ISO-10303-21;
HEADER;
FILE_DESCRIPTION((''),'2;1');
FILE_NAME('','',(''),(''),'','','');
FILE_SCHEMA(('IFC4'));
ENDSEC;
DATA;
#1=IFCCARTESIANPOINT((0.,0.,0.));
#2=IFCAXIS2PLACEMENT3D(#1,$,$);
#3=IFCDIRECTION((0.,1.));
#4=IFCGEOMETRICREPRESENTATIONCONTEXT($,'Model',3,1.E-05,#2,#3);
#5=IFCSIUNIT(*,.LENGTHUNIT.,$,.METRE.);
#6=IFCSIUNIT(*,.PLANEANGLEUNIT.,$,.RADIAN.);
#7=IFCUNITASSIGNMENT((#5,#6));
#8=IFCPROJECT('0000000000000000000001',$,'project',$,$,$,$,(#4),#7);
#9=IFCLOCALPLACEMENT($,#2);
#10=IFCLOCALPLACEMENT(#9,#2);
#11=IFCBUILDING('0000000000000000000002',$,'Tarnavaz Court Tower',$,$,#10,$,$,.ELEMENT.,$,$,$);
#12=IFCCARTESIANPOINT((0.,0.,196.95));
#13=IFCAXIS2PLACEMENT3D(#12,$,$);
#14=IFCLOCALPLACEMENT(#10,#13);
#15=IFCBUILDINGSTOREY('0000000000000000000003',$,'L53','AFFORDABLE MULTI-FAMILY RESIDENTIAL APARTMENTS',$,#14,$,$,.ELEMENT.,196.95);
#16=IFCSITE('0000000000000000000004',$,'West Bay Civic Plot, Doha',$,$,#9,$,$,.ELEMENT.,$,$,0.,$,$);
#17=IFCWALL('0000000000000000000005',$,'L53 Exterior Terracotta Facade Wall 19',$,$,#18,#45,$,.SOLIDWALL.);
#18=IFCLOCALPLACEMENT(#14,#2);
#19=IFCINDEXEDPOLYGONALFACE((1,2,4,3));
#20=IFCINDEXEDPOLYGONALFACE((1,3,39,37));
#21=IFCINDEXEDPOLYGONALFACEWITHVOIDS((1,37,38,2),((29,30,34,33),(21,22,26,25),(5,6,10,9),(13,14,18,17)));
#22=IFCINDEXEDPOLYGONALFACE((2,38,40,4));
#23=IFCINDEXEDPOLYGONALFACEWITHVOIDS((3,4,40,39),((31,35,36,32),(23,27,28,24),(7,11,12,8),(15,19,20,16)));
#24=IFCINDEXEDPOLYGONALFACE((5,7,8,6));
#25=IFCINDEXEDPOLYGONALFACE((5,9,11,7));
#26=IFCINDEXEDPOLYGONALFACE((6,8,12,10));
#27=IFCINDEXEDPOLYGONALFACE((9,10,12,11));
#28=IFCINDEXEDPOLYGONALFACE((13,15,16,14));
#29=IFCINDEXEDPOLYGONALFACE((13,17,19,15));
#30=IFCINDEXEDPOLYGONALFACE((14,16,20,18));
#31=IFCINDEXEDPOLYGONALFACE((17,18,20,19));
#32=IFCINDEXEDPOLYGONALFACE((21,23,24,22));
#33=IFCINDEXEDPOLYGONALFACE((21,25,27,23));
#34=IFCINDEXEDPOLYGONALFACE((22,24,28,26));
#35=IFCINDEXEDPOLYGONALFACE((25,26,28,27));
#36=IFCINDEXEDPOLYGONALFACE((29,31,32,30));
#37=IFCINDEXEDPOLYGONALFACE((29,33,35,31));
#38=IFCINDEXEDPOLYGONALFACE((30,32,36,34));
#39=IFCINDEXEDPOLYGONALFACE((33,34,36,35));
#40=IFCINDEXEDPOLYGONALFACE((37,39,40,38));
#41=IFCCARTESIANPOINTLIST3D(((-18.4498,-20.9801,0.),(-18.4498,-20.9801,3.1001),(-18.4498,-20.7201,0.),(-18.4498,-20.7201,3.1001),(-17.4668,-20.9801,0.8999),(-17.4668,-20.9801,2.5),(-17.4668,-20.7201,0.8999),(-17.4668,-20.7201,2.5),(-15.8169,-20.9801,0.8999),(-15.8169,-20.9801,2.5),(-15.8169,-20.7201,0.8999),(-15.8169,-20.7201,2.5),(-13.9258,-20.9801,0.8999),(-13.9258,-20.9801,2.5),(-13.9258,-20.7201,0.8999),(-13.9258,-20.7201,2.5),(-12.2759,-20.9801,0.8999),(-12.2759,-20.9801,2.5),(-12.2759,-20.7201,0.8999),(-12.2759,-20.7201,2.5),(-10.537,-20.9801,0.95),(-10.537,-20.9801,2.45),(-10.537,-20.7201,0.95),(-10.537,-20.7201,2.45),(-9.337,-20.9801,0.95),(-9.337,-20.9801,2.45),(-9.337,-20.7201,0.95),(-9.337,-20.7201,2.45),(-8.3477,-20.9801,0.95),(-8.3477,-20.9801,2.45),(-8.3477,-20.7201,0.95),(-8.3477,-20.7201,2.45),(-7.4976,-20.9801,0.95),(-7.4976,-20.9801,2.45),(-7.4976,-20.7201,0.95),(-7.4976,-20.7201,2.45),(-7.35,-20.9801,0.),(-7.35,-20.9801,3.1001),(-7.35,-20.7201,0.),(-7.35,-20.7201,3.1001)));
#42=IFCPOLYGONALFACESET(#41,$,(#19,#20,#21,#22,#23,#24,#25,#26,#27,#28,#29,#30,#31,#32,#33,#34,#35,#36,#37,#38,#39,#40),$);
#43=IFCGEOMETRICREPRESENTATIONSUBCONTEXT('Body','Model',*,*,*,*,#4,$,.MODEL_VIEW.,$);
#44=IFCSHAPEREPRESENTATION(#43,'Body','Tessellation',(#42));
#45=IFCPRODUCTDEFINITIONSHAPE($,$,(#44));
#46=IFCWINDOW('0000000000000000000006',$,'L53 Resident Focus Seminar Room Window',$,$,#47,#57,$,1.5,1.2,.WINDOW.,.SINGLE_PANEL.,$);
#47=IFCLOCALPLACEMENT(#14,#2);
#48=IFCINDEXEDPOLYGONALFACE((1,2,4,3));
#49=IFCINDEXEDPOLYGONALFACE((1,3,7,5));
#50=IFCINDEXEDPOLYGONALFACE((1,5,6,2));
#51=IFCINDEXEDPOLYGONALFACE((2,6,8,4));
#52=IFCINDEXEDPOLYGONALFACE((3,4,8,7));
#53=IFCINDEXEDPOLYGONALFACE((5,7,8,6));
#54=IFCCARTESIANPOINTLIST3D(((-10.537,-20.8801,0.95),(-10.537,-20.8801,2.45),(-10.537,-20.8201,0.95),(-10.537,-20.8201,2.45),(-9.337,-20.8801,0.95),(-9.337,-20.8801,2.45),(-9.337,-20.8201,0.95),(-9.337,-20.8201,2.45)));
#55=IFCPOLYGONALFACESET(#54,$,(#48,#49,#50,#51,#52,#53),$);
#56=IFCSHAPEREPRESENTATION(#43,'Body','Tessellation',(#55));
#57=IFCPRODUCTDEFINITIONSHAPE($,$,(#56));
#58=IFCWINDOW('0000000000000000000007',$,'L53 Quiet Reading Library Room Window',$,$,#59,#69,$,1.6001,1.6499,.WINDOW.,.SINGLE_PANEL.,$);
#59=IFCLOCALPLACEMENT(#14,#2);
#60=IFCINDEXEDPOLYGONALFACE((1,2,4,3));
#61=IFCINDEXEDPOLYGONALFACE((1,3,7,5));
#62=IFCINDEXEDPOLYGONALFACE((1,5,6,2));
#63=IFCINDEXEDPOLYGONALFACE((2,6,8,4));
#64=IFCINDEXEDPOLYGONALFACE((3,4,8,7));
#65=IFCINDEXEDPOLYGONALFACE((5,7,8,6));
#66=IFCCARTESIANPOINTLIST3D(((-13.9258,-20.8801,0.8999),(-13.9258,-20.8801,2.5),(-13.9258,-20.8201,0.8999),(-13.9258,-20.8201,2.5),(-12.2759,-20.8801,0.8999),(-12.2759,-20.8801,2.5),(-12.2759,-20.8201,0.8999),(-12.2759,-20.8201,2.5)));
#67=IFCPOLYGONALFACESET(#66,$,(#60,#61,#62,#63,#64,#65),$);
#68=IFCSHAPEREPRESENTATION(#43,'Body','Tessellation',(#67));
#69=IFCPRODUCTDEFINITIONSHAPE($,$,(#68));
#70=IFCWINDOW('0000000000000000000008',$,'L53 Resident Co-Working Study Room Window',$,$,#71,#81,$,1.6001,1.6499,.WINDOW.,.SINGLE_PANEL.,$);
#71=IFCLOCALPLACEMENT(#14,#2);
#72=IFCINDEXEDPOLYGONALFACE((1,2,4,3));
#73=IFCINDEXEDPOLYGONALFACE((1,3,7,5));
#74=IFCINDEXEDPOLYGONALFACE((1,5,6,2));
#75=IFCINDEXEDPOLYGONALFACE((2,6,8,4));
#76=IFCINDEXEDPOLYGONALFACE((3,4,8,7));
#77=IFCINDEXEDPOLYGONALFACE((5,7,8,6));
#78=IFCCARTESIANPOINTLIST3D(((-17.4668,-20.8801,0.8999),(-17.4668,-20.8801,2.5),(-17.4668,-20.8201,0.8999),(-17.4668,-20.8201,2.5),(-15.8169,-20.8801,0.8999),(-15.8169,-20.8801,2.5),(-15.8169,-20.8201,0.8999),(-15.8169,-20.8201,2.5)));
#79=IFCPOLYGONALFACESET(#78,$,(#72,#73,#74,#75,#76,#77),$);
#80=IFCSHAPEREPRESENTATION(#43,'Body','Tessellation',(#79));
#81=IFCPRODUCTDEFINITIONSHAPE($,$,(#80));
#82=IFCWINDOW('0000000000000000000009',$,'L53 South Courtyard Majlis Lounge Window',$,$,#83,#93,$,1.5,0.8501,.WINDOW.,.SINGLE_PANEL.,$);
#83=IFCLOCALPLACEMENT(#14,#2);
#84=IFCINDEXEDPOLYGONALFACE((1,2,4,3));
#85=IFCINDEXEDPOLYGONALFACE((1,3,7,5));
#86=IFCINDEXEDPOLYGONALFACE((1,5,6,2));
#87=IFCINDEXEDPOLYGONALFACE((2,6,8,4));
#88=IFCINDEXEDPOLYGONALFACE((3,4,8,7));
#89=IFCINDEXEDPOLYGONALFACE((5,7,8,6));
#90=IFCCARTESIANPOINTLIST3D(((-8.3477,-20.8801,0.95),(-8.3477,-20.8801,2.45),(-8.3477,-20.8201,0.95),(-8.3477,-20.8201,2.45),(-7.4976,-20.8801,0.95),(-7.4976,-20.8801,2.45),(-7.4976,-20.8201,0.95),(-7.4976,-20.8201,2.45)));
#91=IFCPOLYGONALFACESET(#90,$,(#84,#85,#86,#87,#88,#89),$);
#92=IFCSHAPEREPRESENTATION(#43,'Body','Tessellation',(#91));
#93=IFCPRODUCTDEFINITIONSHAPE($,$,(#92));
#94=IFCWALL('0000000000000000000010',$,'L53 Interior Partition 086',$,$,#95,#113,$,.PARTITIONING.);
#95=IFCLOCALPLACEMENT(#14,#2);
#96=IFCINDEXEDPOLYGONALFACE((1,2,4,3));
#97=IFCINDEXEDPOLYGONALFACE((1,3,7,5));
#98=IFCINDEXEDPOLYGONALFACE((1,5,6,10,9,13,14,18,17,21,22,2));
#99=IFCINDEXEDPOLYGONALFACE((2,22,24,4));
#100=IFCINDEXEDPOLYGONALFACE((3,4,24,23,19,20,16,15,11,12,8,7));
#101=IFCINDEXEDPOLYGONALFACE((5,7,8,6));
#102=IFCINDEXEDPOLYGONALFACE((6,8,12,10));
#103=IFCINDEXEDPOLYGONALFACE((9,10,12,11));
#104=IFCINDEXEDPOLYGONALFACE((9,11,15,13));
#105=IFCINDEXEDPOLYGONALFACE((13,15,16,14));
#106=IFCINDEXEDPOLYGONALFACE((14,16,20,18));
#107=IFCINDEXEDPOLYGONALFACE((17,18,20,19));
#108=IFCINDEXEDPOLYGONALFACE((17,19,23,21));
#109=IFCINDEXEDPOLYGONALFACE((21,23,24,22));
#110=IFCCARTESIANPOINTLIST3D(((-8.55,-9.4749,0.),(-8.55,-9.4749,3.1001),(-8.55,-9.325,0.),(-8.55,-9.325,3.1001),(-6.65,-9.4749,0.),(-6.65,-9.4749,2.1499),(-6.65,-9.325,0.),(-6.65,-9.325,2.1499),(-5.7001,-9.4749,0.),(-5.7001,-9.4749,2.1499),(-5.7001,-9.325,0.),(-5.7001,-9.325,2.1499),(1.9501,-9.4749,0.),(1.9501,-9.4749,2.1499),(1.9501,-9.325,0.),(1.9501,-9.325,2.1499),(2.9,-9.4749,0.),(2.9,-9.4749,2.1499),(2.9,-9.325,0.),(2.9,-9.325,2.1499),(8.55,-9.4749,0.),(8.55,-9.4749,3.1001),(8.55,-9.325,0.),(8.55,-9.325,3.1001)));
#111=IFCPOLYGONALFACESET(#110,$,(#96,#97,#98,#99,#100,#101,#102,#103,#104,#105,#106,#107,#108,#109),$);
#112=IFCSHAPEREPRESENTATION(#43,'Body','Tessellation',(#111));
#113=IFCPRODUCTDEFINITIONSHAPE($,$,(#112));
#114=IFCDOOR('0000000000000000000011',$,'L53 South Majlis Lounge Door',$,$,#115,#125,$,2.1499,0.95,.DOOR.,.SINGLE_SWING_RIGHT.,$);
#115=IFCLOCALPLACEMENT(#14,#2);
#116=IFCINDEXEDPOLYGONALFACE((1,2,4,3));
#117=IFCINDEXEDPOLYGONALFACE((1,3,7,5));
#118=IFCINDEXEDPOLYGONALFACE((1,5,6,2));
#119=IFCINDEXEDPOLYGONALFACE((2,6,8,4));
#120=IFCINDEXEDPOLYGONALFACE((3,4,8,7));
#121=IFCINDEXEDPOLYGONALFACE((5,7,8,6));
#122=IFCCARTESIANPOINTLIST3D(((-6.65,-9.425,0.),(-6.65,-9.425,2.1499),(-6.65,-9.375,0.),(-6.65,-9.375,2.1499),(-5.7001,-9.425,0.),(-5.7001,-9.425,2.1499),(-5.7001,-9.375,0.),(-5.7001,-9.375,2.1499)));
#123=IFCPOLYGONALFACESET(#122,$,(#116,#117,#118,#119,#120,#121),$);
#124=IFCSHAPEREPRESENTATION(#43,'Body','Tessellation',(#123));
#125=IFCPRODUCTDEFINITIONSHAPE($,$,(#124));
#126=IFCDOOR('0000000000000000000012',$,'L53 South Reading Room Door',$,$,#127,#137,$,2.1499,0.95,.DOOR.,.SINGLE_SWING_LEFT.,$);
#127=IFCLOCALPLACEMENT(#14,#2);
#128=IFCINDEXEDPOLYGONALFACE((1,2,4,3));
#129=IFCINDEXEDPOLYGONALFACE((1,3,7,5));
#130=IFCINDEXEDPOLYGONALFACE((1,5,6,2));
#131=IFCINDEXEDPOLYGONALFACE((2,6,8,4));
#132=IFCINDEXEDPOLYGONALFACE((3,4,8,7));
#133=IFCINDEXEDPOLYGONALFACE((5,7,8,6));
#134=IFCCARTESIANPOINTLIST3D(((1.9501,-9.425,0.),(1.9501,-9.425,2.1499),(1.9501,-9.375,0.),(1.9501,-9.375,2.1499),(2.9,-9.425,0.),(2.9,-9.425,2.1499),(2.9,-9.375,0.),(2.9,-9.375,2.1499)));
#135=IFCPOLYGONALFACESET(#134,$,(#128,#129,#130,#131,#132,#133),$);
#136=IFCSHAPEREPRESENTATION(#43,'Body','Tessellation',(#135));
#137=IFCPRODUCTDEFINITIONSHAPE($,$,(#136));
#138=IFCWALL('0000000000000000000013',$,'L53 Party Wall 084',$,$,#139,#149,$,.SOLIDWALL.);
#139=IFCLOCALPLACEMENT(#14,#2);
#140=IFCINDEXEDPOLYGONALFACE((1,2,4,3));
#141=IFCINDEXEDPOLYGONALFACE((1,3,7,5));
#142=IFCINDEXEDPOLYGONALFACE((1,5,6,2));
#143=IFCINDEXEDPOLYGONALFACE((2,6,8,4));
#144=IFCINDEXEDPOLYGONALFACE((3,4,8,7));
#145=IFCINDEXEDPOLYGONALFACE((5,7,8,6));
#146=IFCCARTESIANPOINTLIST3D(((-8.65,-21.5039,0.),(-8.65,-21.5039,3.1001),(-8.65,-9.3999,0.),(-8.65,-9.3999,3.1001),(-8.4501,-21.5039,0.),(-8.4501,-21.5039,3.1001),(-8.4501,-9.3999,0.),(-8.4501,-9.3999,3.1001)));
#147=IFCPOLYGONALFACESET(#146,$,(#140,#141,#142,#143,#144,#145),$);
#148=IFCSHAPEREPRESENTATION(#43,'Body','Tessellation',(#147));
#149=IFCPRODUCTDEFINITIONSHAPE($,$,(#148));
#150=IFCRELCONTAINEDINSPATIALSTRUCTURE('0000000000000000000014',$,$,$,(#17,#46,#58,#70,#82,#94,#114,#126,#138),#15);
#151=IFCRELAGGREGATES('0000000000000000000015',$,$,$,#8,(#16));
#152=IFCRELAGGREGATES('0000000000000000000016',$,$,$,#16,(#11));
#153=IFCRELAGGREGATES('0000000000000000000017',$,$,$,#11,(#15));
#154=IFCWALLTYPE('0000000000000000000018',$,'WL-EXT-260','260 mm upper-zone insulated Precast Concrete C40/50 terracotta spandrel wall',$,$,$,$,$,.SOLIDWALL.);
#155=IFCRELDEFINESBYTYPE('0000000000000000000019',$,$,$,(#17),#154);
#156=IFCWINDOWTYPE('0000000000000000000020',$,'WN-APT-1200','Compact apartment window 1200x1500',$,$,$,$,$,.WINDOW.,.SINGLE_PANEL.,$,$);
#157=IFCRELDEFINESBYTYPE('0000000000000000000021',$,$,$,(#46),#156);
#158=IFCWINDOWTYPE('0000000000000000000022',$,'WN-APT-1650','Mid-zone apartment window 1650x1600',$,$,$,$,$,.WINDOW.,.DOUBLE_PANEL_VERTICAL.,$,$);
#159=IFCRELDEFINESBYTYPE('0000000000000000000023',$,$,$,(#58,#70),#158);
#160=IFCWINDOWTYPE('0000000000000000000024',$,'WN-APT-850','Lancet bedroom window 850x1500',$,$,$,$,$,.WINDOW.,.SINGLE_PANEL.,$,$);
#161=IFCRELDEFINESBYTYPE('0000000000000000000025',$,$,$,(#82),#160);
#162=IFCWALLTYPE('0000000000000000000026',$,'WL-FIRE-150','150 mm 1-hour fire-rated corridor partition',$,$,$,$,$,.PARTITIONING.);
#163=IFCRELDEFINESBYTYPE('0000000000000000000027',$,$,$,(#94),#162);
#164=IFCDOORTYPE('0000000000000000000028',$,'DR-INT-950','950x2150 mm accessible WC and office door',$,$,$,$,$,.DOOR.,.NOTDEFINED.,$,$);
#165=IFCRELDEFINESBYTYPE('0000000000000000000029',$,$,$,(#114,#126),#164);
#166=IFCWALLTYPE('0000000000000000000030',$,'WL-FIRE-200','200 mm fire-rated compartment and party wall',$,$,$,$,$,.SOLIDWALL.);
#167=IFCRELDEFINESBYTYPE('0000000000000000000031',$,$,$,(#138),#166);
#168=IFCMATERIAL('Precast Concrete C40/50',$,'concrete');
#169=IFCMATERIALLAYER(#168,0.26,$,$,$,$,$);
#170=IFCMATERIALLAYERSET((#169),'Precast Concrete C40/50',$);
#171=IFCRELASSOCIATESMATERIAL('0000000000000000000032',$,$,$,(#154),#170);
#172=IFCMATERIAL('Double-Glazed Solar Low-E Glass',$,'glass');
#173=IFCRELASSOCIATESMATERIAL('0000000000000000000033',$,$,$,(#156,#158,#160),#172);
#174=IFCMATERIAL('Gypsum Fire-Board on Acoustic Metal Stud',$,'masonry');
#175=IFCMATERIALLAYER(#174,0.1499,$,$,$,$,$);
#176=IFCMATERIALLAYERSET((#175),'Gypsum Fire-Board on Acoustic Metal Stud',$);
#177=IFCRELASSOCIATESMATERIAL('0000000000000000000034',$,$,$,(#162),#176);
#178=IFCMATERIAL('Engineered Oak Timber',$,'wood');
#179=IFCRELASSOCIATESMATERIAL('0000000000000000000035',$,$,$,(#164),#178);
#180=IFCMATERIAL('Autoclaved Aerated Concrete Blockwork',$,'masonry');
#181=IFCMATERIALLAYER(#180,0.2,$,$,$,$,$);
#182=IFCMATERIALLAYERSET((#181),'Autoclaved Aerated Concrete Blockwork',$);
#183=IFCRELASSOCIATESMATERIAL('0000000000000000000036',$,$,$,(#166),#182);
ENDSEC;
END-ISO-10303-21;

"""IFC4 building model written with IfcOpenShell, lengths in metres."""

from ifc_helpers import new_model, si_unit, direction, frame, frame_2d, origin, place, context, subcontext, project, spatial, rectangle, extrude, material, layer, layer_set, type_object, element, fill, save


model = new_model("IFC4")

# Units and contexts
model_context = context("Model", 3, precision=1e-05, world=origin(), true_north=direction((0.0, 1.0)))
body_context = subcontext(model_context, "Body", "Model", "MODEL_VIEW")
ifc_project = project(units=[si_unit("LENGTHUNIT", "METRE"), si_unit("PLANEANGLEUNIT", "RADIAN")], contexts=[model_context])

# Site, building, storey
site_placement = place(None, origin())
site = spatial("IfcSite", under=ifc_project, at=site_placement, Name="West Bay Civic Plot, Doha", CompositionType="ELEMENT", RefElevation=0.0)
building_placement = place(site_placement, origin())
building = spatial("IfcBuilding", under=site, at=building_placement, Name="Tarnavaz Court Tower", CompositionType="ELEMENT")
storey_placement = place(building_placement, frame((0.0, 0.0, 196.95)))
storey = spatial("IfcBuildingStorey", under=building, at=storey_placement, Name="L53", Description="AFFORDABLE MULTI-FAMILY RESIDENTIAL APARTMENTS", CompositionType="ELEMENT", Elevation=196.95)

# Shared definitions
ifc_material_1 = material(Name="Double-Glazed Solar Low-E Glass", Category="glass")

# Shared definitions
ifc_material_2 = material(Name="Precast Concrete C40/50", Category="concrete")
ifc_layer_1 = layer(ifc_material_2, 0.26)
ifc_layer_set_1 = layer_set([ifc_layer_1], Name="Precast Concrete C40/50")
wall_type_1 = type_object("IfcWallType", Name="WL-EXT-260", Description="260 mm upper-zone insulated Precast Concrete C40/50 terracotta spandrel wall", PredefinedType="SOLIDWALL", material=ifc_layer_set_1)
window_type_1 = type_object("IfcWindowType", Name="WN-APT-1200", Description="Compact apartment window 1200x1500", PartitioningType="SINGLE_PANEL", PredefinedType="WINDOW", material=ifc_material_1)

# Wall, openings, windows
wall_1_placement = place(storey_placement, frame((-7.3501, -20.8501, 0.0), z_axis=(0.0, 0.0, 1.0), x_axis=(-1.0, 0.0, 0.0)))
wall_1 = element("IfcWall", 1, at=wall_1_placement, inside=storey, type_object=wall_type_1, Name="L53 Exterior Terracotta Facade Wall 19", PredefinedType="SOLIDWALL", context=body_context, shape_type="SweptSolid", body=[
    extrude(rectangle(XDim=11.0999, YDim=0.26, at=frame_2d((5.5498, 0.0))), origin(), (0.0, 0.0, 1.0), 3.1001),
])
opening_1_placement = place(wall_1_placement, frame((0.1475, 0.0, 0.95)))
opening_1 = element("IfcOpeningElement", 2, at=opening_1_placement, cuts=wall_1, PredefinedType="OPENING", context=body_context, shape_type="SweptSolid", body=[
    extrude(rectangle(XDim=0.8501, YDim=1.5, at=frame_2d((0.425, 0.75))), frame((0.0, 0.1399, 0.0), z_axis=(0.0, -1.0, 0.0), x_axis=(1.0, 0.0, 0.0)), (0.0, 0.0, 1.0), 0.28),
])
opening_2_placement = place(wall_1_placement, frame((1.9868, 0.0, 0.95)))
opening_2 = element("IfcOpeningElement", 3, at=opening_2_placement, cuts=wall_1, PredefinedType="OPENING", context=body_context, shape_type="SweptSolid", body=[
    extrude(rectangle(XDim=1.2, YDim=1.5, at=frame_2d((0.6001, 0.75))), frame((0.0, 0.1399, 0.0), z_axis=(0.0, -1.0, 0.0), x_axis=(1.0, 0.0, 0.0)), (0.0, 0.0, 1.0), 0.28),
])
opening_3_placement = place(wall_1_placement, frame((4.9258, 0.0, 0.8999)))
opening_3 = element("IfcOpeningElement", 4, at=opening_3_placement, cuts=wall_1, PredefinedType="OPENING", context=body_context, shape_type="SweptSolid", body=[
    extrude(rectangle(XDim=1.6499, YDim=1.6001, at=frame_2d((0.825, 0.8))), frame((0.0, 0.1399, 0.0), z_axis=(0.0, -1.0, 0.0), x_axis=(1.0, 0.0, 0.0)), (0.0, 0.0, 1.0), 0.28),
])
opening_4_placement = place(wall_1_placement, frame((8.4668, 0.0, 0.8999)))
opening_4 = element("IfcOpeningElement", 5, at=opening_4_placement, cuts=wall_1, PredefinedType="OPENING", context=body_context, shape_type="SweptSolid", body=[
    extrude(rectangle(XDim=1.6499, YDim=1.6001, at=frame_2d((0.825, 0.8))), frame((0.0, 0.1399, 0.0), z_axis=(0.0, -1.0, 0.0), x_axis=(1.0, 0.0, 0.0)), (0.0, 0.0, 1.0), 0.28),
])
window_1_placement = place(opening_2_placement, origin())
window_1 = element("IfcWindow", 6, at=window_1_placement, inside=storey, type_object=window_type_1, Name="L53 Resident Focus Seminar Room Window", OverallHeight=1.5, OverallWidth=1.2, PartitioningType="SINGLE_PANEL", PredefinedType="WINDOW", context=body_context, shape_type="SweptSolid", body=[
    extrude(rectangle(XDim=1.2, YDim=1.5, at=frame_2d((0.6001, 0.75))), frame((0.0, 0.03, 0.0), z_axis=(0.0, -1.0, 0.0), x_axis=(1.0, 0.0, 0.0)), (0.0, 0.0, 1.0), 0.0601),
])
fill(opening_2, window_1)
window_type_2 = type_object("IfcWindowType", Name="WN-APT-1650", Description="Mid-zone apartment window 1650x1600", PartitioningType="DOUBLE_PANEL_VERTICAL", PredefinedType="WINDOW", material=ifc_material_1)
window_2_placement = place(opening_3_placement, origin())
window_2 = element("IfcWindow", 7, at=window_2_placement, inside=storey, type_object=window_type_2, Name="L53 Quiet Reading Library Room Window", OverallHeight=1.6001, OverallWidth=1.6499, PartitioningType="SINGLE_PANEL", PredefinedType="WINDOW", context=body_context, shape_type="SweptSolid", body=[
    extrude(rectangle(XDim=1.6499, YDim=1.6001, at=frame_2d((0.825, 0.8))), frame((0.0, 0.03, 0.0), z_axis=(0.0, -1.0, 0.0), x_axis=(1.0, 0.0, 0.0)), (0.0, 0.0, 1.0), 0.0601),
])
fill(opening_3, window_2)
window_3_placement = place(opening_4_placement, origin())
window_3 = element("IfcWindow", 8, at=window_3_placement, inside=storey, type_object=window_type_2, Name="L53 Resident Co-Working Study Room Window", OverallHeight=1.6001, OverallWidth=1.6499, PartitioningType="SINGLE_PANEL", PredefinedType="WINDOW", context=body_context, shape_type="SweptSolid", body=[
    extrude(rectangle(XDim=1.6499, YDim=1.6001, at=frame_2d((0.825, 0.8))), frame((0.0, 0.03, 0.0), z_axis=(0.0, -1.0, 0.0), x_axis=(1.0, 0.0, 0.0)), (0.0, 0.0, 1.0), 0.0601),
])
fill(opening_4, window_3)
window_type_3 = type_object("IfcWindowType", Name="WN-APT-850", Description="Lancet bedroom window 850x1500", PartitioningType="SINGLE_PANEL", PredefinedType="WINDOW", material=ifc_material_1)
window_4_placement = place(opening_1_placement, origin())
window_4 = element("IfcWindow", 9, at=window_4_placement, inside=storey, type_object=window_type_3, Name="L53 South Courtyard Majlis Lounge Window", OverallHeight=1.5, OverallWidth=0.8501, PartitioningType="SINGLE_PANEL", PredefinedType="WINDOW", context=body_context, shape_type="SweptSolid", body=[
    extrude(rectangle(XDim=0.8501, YDim=1.5, at=frame_2d((0.425, 0.75))), frame((0.0, 0.03, 0.0), z_axis=(0.0, -1.0, 0.0), x_axis=(1.0, 0.0, 0.0)), (0.0, 0.0, 1.0), 0.0601),
])
fill(opening_1, window_4)

# Wall, openings, doors
ifc_material_3 = material(Name="Gypsum Fire-Board on Acoustic Metal Stud", Category="masonry")
ifc_layer_2 = layer(ifc_material_3, 0.1499)
ifc_layer_set_2 = layer_set([ifc_layer_2], Name="Gypsum Fire-Board on Acoustic Metal Stud")
wall_type_2 = type_object("IfcWallType", Name="WL-FIRE-150", Description="150 mm 1-hour fire-rated corridor partition", PredefinedType="PARTITIONING", material=ifc_layer_set_2)
wall_2_placement = place(storey_placement, frame((-8.55, -9.3999, 0.0), z_axis=(0.0, 0.0, 1.0), x_axis=(1.0, 0.0, 0.0)))
wall_2 = element("IfcWall", 10, at=wall_2_placement, inside=storey, type_object=wall_type_2, Name="L53 Interior Partition 086", PredefinedType="PARTITIONING", context=body_context, shape_type="SweptSolid", body=[
    extrude(rectangle(XDim=17.1001, YDim=0.1499, at=frame_2d((8.55, 0.0))), origin(), (0.0, 0.0, 1.0), 3.1001),
])
opening_5_placement = place(wall_2_placement, frame((1.8999, 0.0, 0.0)))
opening_5 = element("IfcOpeningElement", 11, at=opening_5_placement, cuts=wall_2, PredefinedType="OPENING", context=body_context, shape_type="SweptSolid", body=[
    extrude(rectangle(XDim=0.95, YDim=2.1499, at=frame_2d((0.4751, 1.075))), frame((0.0, 0.085, 0.0), z_axis=(0.0, -1.0, 0.0), x_axis=(1.0, 0.0, 0.0)), (0.0, 0.0, 1.0), 0.1699),
])
opening_6_placement = place(wall_2_placement, frame((10.5, 0.0, 0.0)))
opening_6 = element("IfcOpeningElement", 12, at=opening_6_placement, cuts=wall_2, PredefinedType="OPENING", context=body_context, shape_type="SweptSolid", body=[
    extrude(rectangle(XDim=0.95, YDim=2.1499, at=frame_2d((0.4751, 1.075))), frame((0.0, 0.085, 0.0), z_axis=(0.0, -1.0, 0.0), x_axis=(1.0, 0.0, 0.0)), (0.0, 0.0, 1.0), 0.1699),
])
ifc_material_4 = material(Name="Engineered Oak Timber", Category="wood")
door_type = type_object("IfcDoorType", Name="DR-INT-950", Description="950x2150 mm accessible WC and office door", OperationType="NOTDEFINED", PredefinedType="DOOR", material=ifc_material_4)
door_1_placement = place(opening_5_placement, origin())
door_1 = element("IfcDoor", 13, at=door_1_placement, inside=storey, type_object=door_type, Name="L53 South Majlis Lounge Door", OperationType="SINGLE_SWING_RIGHT", OverallHeight=2.1499, OverallWidth=0.95, PredefinedType="DOOR", context=body_context, shape_type="SweptSolid", body=[
    extrude(rectangle(XDim=0.95, YDim=2.1499, at=frame_2d((0.4751, 1.075))), frame((0.0, 0.0249, 0.0), z_axis=(0.0, -1.0, 0.0), x_axis=(1.0, 0.0, 0.0)), (0.0, 0.0, 1.0), 0.05),
])
fill(opening_5, door_1)
door_2_placement = place(opening_6_placement, origin())
door_2 = element("IfcDoor", 14, at=door_2_placement, inside=storey, type_object=door_type, Name="L53 South Reading Room Door", OperationType="SINGLE_SWING_LEFT", OverallHeight=2.1499, OverallWidth=0.95, PredefinedType="DOOR", context=body_context, shape_type="SweptSolid", body=[
    extrude(rectangle(XDim=0.95, YDim=2.1499, at=frame_2d((0.4751, 1.075))), frame((0.0, 0.0249, 0.0), z_axis=(0.0, -1.0, 0.0), x_axis=(1.0, 0.0, 0.0)), (0.0, 0.0, 1.0), 0.05),
])
fill(opening_6, door_2)

# Wall
ifc_material_5 = material(Name="Autoclaved Aerated Concrete Blockwork", Category="masonry")
ifc_layer_3 = layer(ifc_material_5, 0.2)
ifc_layer_set_3 = layer_set([ifc_layer_3], Name="Autoclaved Aerated Concrete Blockwork")
wall_type_3 = type_object("IfcWallType", Name="WL-FIRE-200", Description="200 mm fire-rated compartment and party wall", PredefinedType="SOLIDWALL", material=ifc_layer_set_3)
wall_3_placement = place(storey_placement, frame((-8.55, -21.5039, 0.0), z_axis=(0.0, 0.0, 1.0), x_axis=(0.0, 1.0, 0.0)))
element("IfcWall", 15, at=wall_3_placement, inside=storey, type_object=wall_type_3, Name="L53 Party Wall 084", PredefinedType="SOLIDWALL", context=body_context, shape_type="SweptSolid", body=[
    extrude(rectangle(XDim=12.104, YDim=0.2, at=frame_2d((6.052, 0.0))), origin(), (0.0, 0.0, 1.0), 3.1001),
])

save(model, "model.ifc")
